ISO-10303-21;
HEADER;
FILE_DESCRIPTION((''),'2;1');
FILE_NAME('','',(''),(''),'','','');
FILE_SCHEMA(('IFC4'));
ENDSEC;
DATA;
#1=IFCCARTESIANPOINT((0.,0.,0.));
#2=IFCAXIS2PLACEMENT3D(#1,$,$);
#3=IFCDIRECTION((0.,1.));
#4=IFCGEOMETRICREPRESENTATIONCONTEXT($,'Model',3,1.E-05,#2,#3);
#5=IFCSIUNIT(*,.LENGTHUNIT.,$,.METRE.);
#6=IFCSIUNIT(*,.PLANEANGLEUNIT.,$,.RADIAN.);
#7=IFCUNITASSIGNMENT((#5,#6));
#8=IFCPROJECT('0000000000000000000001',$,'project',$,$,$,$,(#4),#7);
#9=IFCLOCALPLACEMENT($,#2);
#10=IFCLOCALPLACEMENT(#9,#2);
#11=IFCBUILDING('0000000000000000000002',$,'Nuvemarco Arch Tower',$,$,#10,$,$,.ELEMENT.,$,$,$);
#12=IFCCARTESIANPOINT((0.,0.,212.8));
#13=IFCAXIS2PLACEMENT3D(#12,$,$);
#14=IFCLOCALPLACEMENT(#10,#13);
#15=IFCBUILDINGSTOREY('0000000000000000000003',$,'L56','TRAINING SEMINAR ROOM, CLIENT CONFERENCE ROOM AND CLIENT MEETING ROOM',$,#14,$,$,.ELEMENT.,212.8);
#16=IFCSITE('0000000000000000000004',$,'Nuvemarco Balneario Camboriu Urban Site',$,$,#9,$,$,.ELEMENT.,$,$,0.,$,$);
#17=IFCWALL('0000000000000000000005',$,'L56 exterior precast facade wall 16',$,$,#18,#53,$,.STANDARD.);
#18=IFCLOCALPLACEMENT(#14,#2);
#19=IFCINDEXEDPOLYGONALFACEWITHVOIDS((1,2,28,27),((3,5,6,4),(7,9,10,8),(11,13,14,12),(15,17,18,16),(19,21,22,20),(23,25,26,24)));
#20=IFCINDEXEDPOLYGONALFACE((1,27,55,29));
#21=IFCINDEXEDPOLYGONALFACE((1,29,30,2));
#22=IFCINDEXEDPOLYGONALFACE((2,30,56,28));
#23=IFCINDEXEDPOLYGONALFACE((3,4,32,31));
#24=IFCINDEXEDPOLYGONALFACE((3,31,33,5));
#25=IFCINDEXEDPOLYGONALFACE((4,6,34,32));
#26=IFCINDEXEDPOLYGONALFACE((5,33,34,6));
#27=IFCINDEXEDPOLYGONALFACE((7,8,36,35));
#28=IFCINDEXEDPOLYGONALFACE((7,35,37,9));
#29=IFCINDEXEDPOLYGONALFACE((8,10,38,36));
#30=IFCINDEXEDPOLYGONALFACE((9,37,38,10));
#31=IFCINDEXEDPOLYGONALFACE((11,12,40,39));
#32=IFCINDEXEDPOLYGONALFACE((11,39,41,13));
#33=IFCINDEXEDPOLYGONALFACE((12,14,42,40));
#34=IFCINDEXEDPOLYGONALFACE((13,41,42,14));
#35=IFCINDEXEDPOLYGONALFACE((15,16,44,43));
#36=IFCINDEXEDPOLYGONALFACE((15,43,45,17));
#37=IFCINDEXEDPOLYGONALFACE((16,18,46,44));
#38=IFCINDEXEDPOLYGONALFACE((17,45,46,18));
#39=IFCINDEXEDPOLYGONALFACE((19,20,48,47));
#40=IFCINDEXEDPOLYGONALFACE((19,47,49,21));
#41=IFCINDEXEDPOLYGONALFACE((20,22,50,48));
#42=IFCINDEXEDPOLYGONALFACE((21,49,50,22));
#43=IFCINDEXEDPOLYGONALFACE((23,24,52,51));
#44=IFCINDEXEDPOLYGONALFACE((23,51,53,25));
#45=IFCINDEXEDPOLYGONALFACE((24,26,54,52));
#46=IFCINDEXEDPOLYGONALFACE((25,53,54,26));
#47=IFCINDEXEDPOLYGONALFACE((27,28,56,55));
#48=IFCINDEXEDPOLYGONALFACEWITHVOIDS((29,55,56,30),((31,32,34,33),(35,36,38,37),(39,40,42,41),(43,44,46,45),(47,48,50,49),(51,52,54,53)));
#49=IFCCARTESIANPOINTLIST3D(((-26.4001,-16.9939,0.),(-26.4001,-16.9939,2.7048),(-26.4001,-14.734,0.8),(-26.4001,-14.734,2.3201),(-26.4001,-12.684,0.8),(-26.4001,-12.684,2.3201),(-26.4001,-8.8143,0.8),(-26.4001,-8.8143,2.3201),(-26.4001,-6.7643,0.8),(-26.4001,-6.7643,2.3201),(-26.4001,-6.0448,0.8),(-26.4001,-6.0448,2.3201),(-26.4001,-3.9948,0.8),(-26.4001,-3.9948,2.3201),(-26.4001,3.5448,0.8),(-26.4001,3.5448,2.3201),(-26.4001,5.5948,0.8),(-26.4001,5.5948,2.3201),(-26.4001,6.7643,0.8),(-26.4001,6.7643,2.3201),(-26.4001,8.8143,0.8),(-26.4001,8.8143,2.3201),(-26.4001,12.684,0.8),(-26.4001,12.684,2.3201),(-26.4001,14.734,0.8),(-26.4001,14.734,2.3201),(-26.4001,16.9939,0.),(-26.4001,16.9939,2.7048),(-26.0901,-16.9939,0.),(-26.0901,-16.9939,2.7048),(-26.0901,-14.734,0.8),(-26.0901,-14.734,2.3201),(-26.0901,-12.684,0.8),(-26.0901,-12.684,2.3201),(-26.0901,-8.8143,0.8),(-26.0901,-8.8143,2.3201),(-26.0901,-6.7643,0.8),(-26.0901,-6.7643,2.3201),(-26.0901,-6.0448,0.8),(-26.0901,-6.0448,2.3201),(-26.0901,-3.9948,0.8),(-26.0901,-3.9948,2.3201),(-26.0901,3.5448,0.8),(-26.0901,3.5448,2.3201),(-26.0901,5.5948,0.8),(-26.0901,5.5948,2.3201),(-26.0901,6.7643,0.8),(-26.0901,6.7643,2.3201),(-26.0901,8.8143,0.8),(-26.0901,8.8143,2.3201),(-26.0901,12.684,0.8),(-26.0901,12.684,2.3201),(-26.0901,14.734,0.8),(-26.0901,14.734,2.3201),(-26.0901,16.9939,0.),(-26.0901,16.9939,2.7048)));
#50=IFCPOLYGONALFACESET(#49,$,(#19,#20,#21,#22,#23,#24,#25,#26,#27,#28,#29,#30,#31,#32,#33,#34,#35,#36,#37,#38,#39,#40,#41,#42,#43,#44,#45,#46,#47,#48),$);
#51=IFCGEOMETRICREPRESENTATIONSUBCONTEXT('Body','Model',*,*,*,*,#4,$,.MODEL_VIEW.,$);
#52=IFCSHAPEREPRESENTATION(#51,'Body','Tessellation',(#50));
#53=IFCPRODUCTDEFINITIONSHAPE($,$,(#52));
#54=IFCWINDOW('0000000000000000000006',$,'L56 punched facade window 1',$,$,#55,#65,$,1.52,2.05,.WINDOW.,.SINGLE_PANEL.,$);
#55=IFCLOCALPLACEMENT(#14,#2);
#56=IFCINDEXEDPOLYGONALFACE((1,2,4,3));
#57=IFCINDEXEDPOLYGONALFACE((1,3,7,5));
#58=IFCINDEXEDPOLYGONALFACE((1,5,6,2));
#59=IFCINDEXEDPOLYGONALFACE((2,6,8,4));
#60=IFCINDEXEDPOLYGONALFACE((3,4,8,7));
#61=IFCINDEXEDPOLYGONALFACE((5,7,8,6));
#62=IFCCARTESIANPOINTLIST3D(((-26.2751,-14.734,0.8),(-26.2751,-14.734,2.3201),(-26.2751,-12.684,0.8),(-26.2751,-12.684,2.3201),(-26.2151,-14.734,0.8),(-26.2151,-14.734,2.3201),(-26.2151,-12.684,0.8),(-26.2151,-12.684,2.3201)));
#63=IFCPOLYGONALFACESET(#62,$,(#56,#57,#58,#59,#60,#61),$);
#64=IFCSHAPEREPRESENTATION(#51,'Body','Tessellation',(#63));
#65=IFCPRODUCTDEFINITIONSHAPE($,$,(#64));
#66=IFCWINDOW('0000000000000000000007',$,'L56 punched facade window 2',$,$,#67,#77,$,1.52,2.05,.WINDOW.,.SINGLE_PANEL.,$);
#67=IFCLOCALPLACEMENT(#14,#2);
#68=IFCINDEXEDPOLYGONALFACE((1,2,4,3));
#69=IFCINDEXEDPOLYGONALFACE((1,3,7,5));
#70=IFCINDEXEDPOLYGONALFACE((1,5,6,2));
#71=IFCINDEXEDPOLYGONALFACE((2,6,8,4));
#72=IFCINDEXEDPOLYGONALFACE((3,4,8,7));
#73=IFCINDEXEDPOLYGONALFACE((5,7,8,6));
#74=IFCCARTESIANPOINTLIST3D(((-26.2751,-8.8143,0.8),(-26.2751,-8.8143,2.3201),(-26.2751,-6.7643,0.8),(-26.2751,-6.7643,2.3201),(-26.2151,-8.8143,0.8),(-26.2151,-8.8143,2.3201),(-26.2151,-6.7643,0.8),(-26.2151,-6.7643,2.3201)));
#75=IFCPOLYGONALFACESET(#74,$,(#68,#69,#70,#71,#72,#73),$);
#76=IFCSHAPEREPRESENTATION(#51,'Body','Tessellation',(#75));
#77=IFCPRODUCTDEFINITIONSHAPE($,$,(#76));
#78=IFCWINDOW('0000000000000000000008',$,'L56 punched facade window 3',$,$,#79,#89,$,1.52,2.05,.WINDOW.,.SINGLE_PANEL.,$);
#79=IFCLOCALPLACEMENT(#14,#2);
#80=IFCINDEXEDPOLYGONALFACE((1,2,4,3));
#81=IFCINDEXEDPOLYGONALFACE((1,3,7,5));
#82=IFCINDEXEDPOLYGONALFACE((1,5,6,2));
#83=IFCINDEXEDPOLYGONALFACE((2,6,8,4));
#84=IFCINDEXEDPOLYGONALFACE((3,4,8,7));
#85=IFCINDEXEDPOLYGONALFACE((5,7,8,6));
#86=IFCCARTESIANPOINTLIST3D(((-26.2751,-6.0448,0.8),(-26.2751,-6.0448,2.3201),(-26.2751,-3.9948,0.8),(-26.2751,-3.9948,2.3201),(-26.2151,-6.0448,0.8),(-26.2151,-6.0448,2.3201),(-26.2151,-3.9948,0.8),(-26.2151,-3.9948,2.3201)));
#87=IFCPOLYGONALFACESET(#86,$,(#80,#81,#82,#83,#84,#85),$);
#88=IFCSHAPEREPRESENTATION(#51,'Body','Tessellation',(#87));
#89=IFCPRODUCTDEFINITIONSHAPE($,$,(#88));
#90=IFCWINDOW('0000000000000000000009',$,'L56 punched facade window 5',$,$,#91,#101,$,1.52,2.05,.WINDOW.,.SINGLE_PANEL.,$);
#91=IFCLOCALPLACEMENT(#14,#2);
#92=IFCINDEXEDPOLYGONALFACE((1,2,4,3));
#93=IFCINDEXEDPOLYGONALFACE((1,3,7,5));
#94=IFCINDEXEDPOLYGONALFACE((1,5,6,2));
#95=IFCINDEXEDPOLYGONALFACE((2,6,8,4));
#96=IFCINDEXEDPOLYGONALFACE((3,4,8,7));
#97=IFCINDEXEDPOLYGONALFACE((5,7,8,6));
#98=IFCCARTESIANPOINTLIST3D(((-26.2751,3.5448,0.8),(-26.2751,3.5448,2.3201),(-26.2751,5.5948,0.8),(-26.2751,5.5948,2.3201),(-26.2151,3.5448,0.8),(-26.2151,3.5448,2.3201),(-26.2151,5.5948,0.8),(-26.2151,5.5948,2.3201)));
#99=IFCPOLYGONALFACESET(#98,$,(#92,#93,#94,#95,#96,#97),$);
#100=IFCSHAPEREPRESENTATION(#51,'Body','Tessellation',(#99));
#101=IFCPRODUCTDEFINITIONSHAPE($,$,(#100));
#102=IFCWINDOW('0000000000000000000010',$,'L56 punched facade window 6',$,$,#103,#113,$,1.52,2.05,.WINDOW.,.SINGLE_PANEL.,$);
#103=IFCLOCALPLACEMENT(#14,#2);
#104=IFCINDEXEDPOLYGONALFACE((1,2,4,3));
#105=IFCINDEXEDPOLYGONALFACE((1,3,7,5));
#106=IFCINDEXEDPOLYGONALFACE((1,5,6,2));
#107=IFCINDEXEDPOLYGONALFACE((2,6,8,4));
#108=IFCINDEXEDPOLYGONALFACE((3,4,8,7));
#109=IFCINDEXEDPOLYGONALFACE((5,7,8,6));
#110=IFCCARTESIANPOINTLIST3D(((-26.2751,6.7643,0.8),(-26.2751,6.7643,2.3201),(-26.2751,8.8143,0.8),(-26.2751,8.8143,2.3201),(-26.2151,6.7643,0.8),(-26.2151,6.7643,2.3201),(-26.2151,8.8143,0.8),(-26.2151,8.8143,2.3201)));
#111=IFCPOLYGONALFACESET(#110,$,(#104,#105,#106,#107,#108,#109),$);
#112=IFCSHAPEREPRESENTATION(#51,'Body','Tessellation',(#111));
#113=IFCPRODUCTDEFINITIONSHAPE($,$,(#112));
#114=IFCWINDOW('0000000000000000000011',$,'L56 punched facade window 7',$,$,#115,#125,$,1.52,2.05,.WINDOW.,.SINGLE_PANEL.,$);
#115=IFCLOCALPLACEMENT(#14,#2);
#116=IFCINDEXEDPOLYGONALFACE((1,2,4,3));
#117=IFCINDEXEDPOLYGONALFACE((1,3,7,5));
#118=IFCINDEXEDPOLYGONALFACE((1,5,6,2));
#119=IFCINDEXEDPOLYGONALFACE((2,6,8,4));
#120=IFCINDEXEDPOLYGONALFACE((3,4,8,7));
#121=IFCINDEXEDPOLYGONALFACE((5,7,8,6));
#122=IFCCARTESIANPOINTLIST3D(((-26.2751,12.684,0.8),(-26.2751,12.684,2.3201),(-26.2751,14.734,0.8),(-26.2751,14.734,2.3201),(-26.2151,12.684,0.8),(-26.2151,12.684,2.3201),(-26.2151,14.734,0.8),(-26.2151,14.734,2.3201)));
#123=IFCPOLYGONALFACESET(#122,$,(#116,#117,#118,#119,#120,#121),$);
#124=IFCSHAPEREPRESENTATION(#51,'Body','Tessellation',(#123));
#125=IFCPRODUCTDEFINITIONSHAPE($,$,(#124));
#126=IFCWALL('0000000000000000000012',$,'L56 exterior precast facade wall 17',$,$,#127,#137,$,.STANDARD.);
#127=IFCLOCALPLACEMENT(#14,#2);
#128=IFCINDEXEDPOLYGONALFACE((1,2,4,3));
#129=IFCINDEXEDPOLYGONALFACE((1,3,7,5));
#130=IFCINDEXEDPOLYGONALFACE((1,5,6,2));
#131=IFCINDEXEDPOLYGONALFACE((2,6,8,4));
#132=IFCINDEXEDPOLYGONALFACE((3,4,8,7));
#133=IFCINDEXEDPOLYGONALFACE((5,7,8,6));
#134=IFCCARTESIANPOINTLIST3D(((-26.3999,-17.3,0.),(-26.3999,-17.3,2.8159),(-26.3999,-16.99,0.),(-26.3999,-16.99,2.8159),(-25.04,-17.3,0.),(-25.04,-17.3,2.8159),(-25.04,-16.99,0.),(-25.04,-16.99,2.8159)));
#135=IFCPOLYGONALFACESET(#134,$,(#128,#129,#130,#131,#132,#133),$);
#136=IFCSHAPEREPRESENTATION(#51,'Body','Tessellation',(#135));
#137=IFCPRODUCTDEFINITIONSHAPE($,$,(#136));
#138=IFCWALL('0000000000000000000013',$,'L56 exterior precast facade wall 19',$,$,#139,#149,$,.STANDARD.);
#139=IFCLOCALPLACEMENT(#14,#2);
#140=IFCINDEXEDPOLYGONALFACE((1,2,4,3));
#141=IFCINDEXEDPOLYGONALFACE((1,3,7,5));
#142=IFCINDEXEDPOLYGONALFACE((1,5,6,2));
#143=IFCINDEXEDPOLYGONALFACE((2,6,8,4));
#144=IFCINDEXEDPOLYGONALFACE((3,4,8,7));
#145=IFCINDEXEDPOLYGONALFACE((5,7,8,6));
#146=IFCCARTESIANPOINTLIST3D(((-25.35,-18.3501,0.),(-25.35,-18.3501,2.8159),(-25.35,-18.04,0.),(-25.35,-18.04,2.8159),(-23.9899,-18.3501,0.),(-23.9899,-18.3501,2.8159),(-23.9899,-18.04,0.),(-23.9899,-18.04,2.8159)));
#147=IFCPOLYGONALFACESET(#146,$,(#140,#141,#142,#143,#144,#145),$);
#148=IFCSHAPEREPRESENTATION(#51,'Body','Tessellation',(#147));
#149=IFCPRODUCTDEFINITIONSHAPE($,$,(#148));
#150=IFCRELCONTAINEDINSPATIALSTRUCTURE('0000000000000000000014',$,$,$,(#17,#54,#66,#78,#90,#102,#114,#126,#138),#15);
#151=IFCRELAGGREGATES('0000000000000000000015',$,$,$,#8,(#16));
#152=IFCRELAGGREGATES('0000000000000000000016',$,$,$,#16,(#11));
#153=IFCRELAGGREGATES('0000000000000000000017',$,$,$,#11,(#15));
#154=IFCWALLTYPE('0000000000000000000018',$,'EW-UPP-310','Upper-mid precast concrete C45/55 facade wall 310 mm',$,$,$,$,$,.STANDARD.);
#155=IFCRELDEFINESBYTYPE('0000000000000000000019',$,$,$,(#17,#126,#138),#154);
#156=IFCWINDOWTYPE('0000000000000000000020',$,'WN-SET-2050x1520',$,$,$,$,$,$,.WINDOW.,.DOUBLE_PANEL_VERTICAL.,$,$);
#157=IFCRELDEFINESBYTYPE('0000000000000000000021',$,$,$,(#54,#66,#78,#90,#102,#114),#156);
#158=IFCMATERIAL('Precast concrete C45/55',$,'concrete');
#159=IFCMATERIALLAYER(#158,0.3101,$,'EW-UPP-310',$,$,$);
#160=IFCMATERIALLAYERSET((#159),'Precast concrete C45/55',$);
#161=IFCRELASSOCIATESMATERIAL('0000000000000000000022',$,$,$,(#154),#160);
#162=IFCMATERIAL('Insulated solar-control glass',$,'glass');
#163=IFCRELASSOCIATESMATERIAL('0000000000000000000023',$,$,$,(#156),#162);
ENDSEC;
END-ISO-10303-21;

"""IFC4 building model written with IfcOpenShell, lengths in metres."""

from ifc_helpers import new_model, si_unit, direction, frame, frame_2d, origin, place, context, subcontext, project, spatial, rectangle, extrude, source, transform, mapped, material, layer, layer_set, type_object, type_shapes, element, fill, save


model = new_model("IFC4")

# Units and contexts
model_context = context("Model", 3, precision=1e-05, world=origin(), true_north=direction((0.0, 1.0)))
body_context = subcontext(model_context, "Body", "Model", "MODEL_VIEW")
ifc_project = project(units=[si_unit("LENGTHUNIT", "METRE"), si_unit("PLANEANGLEUNIT", "RADIAN")], contexts=[model_context])

# Site, building, storey
site_placement = place(None, origin())
site = spatial("IfcSite", under=ifc_project, at=site_placement, Name="Nuvemarco Balneario Camboriu Urban Site", CompositionType="ELEMENT", RefElevation=0.0)
building_placement = place(site_placement, origin())
building = spatial("IfcBuilding", under=site, at=building_placement, Name="Nuvemarco Arch Tower", CompositionType="ELEMENT")
storey_placement = place(building_placement, frame((0.0, 0.0, 212.8)))
storey = spatial("IfcBuildingStorey", under=building, at=storey_placement, Name="L56", Description="TRAINING SEMINAR ROOM, CLIENT CONFERENCE ROOM AND CLIENT MEETING ROOM", CompositionType="ELEMENT", Elevation=212.8)

# Shared definitions
ifc_material_1 = material(Name="Precast concrete C45/55", Category="concrete")

# Wall, openings, windows
ifc_layer_1 = layer(ifc_material_1, 0.3101, Name="EW-UPP-310")
ifc_layer_set_1 = layer_set([ifc_layer_1], Name="Precast concrete C45/55")
wall_type_1 = type_object("IfcWallType", Name="EW-UPP-310", Description="Upper-mid precast concrete C45/55 facade wall 310 mm", PredefinedType="STANDARD", material=ifc_layer_set_1)
wall_1_placement = place(storey_placement, frame((-26.2451, -16.9939, 0.0), z_axis=(0.0, 0.0, 1.0), x_axis=(0.0, 1.0, 0.0)))
wall_1 = element("IfcWall", 1, at=wall_1_placement, inside=storey, type_object=wall_type_1, Name="L56 exterior precast facade wall 16", PredefinedType="STANDARD", context=body_context, shape_type="SweptSolid", body=[
    extrude(rectangle(XDim=33.9878, YDim=0.3101, at=frame_2d((16.9939, 0.0))), origin(), (0.0, 0.0, 1.0), 2.7048),
])
opening_1_placement = place(wall_1_placement, frame((2.26, 0.0, 0.8)))
opening_1 = element("IfcOpeningElement", 2, at=opening_1_placement, cuts=wall_1, PredefinedType="OPENING", context=body_context, shape_type="SweptSolid", body=[
    extrude(rectangle(XDim=2.05, YDim=1.52, at=frame_2d((1.0249, 0.76))), frame((0.0, 0.165, 0.0), z_axis=(0.0, -1.0, 0.0), x_axis=(1.0, 0.0, 0.0)), (0.0, 0.0, 1.0), 0.3301),
])
opening_2_placement = place(wall_1_placement, frame((8.1797, 0.0, 0.8)))
opening_2 = element("IfcOpeningElement", 3, at=opening_2_placement, cuts=wall_1, PredefinedType="OPENING", context=body_context, shape_type="SweptSolid", body=[
    extrude(rectangle(XDim=2.05, YDim=1.52, at=frame_2d((1.0249, 0.76))), frame((0.0, 0.165, 0.0), z_axis=(0.0, -1.0, 0.0), x_axis=(1.0, 0.0, 0.0)), (0.0, 0.0, 1.0), 0.3301),
])
opening_3_placement = place(wall_1_placement, frame((10.9492, 0.0, 0.8)))
opening_3 = element("IfcOpeningElement", 4, at=opening_3_placement, cuts=wall_1, PredefinedType="OPENING", context=body_context, shape_type="SweptSolid", body=[
    extrude(rectangle(XDim=2.05, YDim=1.52, at=frame_2d((1.0249, 0.76))), frame((0.0, 0.165, 0.0), z_axis=(0.0, -1.0, 0.0), x_axis=(1.0, 0.0, 0.0)), (0.0, 0.0, 1.0), 0.3301),
])
opening_4_placement = place(wall_1_placement, frame((20.5388, 0.0, 0.8)))
opening_4 = element("IfcOpeningElement", 5, at=opening_4_placement, cuts=wall_1, PredefinedType="OPENING", context=body_context, shape_type="SweptSolid", body=[
    extrude(rectangle(XDim=2.05, YDim=1.52, at=frame_2d((1.0249, 0.76))), frame((0.0, 0.165, 0.0), z_axis=(0.0, -1.0, 0.0), x_axis=(1.0, 0.0, 0.0)), (0.0, 0.0, 1.0), 0.3301),
])
opening_5_placement = place(wall_1_placement, frame((23.7583, 0.0, 0.8)))
opening_5 = element("IfcOpeningElement", 6, at=opening_5_placement, cuts=wall_1, PredefinedType="OPENING", context=body_context, shape_type="SweptSolid", body=[
    extrude(rectangle(XDim=2.05, YDim=1.52, at=frame_2d((1.0249, 0.76))), frame((0.0, 0.165, 0.0), z_axis=(0.0, -1.0, 0.0), x_axis=(1.0, 0.0, 0.0)), (0.0, 0.0, 1.0), 0.3301),
])
opening_6_placement = place(wall_1_placement, frame((29.678, 0.0, 0.8)))
opening_6 = element("IfcOpeningElement", 7, at=opening_6_placement, cuts=wall_1, PredefinedType="OPENING", context=body_context, shape_type="SweptSolid", body=[
    extrude(rectangle(XDim=2.05, YDim=1.52, at=frame_2d((1.0249, 0.76))), frame((0.0, 0.165, 0.0), z_axis=(0.0, -1.0, 0.0), x_axis=(1.0, 0.0, 0.0)), (0.0, 0.0, 1.0), 0.3301),
])
ifc_material_2 = material(Name="Insulated solar-control glass", Category="glass")
window_type = type_object("IfcWindowType", Name="WN-SET-2050x1520", PartitioningType="DOUBLE_PANEL_VERTICAL", PredefinedType="WINDOW", material=ifc_material_2)
shared_shape_1 = source(origin(), body_context, "Body", "SweptSolid", [
    extrude(rectangle(XDim=2.05, YDim=1.52, at=frame_2d((1.0249, 0.76))), frame((0.0, 0.03, 0.0), z_axis=(0.0, -1.0, 0.0), x_axis=(1.0, 0.0, 0.0)), (0.0, 0.0, 1.0), 0.0601),
])
type_shapes(window_type, [shared_shape_1])
window_1_placement = place(opening_1_placement, origin())
window_1 = element("IfcWindow", 8, at=window_1_placement, inside=storey, type_object=window_type, Name="L56 punched facade window 1", OverallHeight=1.52, OverallWidth=2.05, PartitioningType="SINGLE_PANEL", PredefinedType="WINDOW", context=body_context, shape_type="MappedRepresentation", body=[
    mapped(shared_shape_1, transform((0.0, 0.0, 0.0), scale=1.0)),
])
fill(opening_1, window_1)
window_2_placement = place(opening_2_placement, origin())
window_2 = element("IfcWindow", 9, at=window_2_placement, inside=storey, type_object=window_type, Name="L56 punched facade window 2", OverallHeight=1.52, OverallWidth=2.05, PartitioningType="SINGLE_PANEL", PredefinedType="WINDOW", context=body_context, shape_type="MappedRepresentation", body=[
    mapped(shared_shape_1, transform((0.0, 0.0, 0.0), scale=1.0)),
])
fill(opening_2, window_2)
window_3_placement = place(opening_3_placement, origin())
window_3 = element("IfcWindow", 10, at=window_3_placement, inside=storey, type_object=window_type, Name="L56 punched facade window 3", OverallHeight=1.52, OverallWidth=2.05, PartitioningType="SINGLE_PANEL", PredefinedType="WINDOW", context=body_context, shape_type="MappedRepresentation", body=[
    mapped(shared_shape_1, transform((0.0, 0.0, 0.0), scale=1.0)),
])
fill(opening_3, window_3)
window_4_placement = place(opening_4_placement, origin())
window_4 = element("IfcWindow", 11, at=window_4_placement, inside=storey, type_object=window_type, Name="L56 punched facade window 5", OverallHeight=1.52, OverallWidth=2.05, PartitioningType="SINGLE_PANEL", PredefinedType="WINDOW", context=body_context, shape_type="MappedRepresentation", body=[
    mapped(shared_shape_1, transform((0.0, 0.0, 0.0), scale=1.0)),
])
fill(opening_4, window_4)
window_5_placement = place(opening_5_placement, origin())
window_5 = element("IfcWindow", 12, at=window_5_placement, inside=storey, type_object=window_type, Name="L56 punched facade window 6", OverallHeight=1.52, OverallWidth=2.05, PartitioningType="SINGLE_PANEL", PredefinedType="WINDOW", context=body_context, shape_type="MappedRepresentation", body=[
    mapped(shared_shape_1, transform((0.0, 0.0, 0.0), scale=1.0)),
])
fill(opening_5, window_5)
window_6_placement = place(opening_6_placement, origin())
window_6 = element("IfcWindow", 13, at=window_6_placement, inside=storey, type_object=window_type, Name="L56 punched facade window 7", OverallHeight=1.52, OverallWidth=2.05, PartitioningType="SINGLE_PANEL", PredefinedType="WINDOW", context=body_context, shape_type="MappedRepresentation", body=[
    mapped(shared_shape_1, transform((0.0, 0.0, 0.0), scale=1.0)),
])
fill(opening_6, window_6)

# Walls
wall_2_placement = place(storey_placement, frame((-26.3999, -17.145, 0.0), z_axis=(0.0, 0.0, 1.0), x_axis=(1.0, 0.0, 0.0)))
element("IfcWall", 14, at=wall_2_placement, inside=storey, type_object=wall_type_1, Name="L56 exterior precast facade wall 17", PredefinedType="STANDARD", context=body_context, shape_type="SweptSolid", body=[
    extrude(rectangle(XDim=1.3599, YDim=0.3101, at=frame_2d((0.6799, 0.0))), origin(), (0.0, 0.0, 1.0), 2.8159),
])
wall_3_placement = place(storey_placement, frame((-25.3501, -18.1951, 0.0), z_axis=(0.0, 0.0, 1.0), x_axis=(1.0, 0.0, 0.0)))
element("IfcWall", 15, at=wall_3_placement, inside=storey, type_object=wall_type_1, Name="L56 exterior precast facade wall 19", PredefinedType="STANDARD", context=body_context, shape_type="SweptSolid", body=[
    extrude(rectangle(XDim=1.3601, YDim=0.3101, at=frame_2d((0.6802, 0.0))), origin(), (0.0, 0.0, 1.0), 2.8159),
])

save(model, "model.ifc")
